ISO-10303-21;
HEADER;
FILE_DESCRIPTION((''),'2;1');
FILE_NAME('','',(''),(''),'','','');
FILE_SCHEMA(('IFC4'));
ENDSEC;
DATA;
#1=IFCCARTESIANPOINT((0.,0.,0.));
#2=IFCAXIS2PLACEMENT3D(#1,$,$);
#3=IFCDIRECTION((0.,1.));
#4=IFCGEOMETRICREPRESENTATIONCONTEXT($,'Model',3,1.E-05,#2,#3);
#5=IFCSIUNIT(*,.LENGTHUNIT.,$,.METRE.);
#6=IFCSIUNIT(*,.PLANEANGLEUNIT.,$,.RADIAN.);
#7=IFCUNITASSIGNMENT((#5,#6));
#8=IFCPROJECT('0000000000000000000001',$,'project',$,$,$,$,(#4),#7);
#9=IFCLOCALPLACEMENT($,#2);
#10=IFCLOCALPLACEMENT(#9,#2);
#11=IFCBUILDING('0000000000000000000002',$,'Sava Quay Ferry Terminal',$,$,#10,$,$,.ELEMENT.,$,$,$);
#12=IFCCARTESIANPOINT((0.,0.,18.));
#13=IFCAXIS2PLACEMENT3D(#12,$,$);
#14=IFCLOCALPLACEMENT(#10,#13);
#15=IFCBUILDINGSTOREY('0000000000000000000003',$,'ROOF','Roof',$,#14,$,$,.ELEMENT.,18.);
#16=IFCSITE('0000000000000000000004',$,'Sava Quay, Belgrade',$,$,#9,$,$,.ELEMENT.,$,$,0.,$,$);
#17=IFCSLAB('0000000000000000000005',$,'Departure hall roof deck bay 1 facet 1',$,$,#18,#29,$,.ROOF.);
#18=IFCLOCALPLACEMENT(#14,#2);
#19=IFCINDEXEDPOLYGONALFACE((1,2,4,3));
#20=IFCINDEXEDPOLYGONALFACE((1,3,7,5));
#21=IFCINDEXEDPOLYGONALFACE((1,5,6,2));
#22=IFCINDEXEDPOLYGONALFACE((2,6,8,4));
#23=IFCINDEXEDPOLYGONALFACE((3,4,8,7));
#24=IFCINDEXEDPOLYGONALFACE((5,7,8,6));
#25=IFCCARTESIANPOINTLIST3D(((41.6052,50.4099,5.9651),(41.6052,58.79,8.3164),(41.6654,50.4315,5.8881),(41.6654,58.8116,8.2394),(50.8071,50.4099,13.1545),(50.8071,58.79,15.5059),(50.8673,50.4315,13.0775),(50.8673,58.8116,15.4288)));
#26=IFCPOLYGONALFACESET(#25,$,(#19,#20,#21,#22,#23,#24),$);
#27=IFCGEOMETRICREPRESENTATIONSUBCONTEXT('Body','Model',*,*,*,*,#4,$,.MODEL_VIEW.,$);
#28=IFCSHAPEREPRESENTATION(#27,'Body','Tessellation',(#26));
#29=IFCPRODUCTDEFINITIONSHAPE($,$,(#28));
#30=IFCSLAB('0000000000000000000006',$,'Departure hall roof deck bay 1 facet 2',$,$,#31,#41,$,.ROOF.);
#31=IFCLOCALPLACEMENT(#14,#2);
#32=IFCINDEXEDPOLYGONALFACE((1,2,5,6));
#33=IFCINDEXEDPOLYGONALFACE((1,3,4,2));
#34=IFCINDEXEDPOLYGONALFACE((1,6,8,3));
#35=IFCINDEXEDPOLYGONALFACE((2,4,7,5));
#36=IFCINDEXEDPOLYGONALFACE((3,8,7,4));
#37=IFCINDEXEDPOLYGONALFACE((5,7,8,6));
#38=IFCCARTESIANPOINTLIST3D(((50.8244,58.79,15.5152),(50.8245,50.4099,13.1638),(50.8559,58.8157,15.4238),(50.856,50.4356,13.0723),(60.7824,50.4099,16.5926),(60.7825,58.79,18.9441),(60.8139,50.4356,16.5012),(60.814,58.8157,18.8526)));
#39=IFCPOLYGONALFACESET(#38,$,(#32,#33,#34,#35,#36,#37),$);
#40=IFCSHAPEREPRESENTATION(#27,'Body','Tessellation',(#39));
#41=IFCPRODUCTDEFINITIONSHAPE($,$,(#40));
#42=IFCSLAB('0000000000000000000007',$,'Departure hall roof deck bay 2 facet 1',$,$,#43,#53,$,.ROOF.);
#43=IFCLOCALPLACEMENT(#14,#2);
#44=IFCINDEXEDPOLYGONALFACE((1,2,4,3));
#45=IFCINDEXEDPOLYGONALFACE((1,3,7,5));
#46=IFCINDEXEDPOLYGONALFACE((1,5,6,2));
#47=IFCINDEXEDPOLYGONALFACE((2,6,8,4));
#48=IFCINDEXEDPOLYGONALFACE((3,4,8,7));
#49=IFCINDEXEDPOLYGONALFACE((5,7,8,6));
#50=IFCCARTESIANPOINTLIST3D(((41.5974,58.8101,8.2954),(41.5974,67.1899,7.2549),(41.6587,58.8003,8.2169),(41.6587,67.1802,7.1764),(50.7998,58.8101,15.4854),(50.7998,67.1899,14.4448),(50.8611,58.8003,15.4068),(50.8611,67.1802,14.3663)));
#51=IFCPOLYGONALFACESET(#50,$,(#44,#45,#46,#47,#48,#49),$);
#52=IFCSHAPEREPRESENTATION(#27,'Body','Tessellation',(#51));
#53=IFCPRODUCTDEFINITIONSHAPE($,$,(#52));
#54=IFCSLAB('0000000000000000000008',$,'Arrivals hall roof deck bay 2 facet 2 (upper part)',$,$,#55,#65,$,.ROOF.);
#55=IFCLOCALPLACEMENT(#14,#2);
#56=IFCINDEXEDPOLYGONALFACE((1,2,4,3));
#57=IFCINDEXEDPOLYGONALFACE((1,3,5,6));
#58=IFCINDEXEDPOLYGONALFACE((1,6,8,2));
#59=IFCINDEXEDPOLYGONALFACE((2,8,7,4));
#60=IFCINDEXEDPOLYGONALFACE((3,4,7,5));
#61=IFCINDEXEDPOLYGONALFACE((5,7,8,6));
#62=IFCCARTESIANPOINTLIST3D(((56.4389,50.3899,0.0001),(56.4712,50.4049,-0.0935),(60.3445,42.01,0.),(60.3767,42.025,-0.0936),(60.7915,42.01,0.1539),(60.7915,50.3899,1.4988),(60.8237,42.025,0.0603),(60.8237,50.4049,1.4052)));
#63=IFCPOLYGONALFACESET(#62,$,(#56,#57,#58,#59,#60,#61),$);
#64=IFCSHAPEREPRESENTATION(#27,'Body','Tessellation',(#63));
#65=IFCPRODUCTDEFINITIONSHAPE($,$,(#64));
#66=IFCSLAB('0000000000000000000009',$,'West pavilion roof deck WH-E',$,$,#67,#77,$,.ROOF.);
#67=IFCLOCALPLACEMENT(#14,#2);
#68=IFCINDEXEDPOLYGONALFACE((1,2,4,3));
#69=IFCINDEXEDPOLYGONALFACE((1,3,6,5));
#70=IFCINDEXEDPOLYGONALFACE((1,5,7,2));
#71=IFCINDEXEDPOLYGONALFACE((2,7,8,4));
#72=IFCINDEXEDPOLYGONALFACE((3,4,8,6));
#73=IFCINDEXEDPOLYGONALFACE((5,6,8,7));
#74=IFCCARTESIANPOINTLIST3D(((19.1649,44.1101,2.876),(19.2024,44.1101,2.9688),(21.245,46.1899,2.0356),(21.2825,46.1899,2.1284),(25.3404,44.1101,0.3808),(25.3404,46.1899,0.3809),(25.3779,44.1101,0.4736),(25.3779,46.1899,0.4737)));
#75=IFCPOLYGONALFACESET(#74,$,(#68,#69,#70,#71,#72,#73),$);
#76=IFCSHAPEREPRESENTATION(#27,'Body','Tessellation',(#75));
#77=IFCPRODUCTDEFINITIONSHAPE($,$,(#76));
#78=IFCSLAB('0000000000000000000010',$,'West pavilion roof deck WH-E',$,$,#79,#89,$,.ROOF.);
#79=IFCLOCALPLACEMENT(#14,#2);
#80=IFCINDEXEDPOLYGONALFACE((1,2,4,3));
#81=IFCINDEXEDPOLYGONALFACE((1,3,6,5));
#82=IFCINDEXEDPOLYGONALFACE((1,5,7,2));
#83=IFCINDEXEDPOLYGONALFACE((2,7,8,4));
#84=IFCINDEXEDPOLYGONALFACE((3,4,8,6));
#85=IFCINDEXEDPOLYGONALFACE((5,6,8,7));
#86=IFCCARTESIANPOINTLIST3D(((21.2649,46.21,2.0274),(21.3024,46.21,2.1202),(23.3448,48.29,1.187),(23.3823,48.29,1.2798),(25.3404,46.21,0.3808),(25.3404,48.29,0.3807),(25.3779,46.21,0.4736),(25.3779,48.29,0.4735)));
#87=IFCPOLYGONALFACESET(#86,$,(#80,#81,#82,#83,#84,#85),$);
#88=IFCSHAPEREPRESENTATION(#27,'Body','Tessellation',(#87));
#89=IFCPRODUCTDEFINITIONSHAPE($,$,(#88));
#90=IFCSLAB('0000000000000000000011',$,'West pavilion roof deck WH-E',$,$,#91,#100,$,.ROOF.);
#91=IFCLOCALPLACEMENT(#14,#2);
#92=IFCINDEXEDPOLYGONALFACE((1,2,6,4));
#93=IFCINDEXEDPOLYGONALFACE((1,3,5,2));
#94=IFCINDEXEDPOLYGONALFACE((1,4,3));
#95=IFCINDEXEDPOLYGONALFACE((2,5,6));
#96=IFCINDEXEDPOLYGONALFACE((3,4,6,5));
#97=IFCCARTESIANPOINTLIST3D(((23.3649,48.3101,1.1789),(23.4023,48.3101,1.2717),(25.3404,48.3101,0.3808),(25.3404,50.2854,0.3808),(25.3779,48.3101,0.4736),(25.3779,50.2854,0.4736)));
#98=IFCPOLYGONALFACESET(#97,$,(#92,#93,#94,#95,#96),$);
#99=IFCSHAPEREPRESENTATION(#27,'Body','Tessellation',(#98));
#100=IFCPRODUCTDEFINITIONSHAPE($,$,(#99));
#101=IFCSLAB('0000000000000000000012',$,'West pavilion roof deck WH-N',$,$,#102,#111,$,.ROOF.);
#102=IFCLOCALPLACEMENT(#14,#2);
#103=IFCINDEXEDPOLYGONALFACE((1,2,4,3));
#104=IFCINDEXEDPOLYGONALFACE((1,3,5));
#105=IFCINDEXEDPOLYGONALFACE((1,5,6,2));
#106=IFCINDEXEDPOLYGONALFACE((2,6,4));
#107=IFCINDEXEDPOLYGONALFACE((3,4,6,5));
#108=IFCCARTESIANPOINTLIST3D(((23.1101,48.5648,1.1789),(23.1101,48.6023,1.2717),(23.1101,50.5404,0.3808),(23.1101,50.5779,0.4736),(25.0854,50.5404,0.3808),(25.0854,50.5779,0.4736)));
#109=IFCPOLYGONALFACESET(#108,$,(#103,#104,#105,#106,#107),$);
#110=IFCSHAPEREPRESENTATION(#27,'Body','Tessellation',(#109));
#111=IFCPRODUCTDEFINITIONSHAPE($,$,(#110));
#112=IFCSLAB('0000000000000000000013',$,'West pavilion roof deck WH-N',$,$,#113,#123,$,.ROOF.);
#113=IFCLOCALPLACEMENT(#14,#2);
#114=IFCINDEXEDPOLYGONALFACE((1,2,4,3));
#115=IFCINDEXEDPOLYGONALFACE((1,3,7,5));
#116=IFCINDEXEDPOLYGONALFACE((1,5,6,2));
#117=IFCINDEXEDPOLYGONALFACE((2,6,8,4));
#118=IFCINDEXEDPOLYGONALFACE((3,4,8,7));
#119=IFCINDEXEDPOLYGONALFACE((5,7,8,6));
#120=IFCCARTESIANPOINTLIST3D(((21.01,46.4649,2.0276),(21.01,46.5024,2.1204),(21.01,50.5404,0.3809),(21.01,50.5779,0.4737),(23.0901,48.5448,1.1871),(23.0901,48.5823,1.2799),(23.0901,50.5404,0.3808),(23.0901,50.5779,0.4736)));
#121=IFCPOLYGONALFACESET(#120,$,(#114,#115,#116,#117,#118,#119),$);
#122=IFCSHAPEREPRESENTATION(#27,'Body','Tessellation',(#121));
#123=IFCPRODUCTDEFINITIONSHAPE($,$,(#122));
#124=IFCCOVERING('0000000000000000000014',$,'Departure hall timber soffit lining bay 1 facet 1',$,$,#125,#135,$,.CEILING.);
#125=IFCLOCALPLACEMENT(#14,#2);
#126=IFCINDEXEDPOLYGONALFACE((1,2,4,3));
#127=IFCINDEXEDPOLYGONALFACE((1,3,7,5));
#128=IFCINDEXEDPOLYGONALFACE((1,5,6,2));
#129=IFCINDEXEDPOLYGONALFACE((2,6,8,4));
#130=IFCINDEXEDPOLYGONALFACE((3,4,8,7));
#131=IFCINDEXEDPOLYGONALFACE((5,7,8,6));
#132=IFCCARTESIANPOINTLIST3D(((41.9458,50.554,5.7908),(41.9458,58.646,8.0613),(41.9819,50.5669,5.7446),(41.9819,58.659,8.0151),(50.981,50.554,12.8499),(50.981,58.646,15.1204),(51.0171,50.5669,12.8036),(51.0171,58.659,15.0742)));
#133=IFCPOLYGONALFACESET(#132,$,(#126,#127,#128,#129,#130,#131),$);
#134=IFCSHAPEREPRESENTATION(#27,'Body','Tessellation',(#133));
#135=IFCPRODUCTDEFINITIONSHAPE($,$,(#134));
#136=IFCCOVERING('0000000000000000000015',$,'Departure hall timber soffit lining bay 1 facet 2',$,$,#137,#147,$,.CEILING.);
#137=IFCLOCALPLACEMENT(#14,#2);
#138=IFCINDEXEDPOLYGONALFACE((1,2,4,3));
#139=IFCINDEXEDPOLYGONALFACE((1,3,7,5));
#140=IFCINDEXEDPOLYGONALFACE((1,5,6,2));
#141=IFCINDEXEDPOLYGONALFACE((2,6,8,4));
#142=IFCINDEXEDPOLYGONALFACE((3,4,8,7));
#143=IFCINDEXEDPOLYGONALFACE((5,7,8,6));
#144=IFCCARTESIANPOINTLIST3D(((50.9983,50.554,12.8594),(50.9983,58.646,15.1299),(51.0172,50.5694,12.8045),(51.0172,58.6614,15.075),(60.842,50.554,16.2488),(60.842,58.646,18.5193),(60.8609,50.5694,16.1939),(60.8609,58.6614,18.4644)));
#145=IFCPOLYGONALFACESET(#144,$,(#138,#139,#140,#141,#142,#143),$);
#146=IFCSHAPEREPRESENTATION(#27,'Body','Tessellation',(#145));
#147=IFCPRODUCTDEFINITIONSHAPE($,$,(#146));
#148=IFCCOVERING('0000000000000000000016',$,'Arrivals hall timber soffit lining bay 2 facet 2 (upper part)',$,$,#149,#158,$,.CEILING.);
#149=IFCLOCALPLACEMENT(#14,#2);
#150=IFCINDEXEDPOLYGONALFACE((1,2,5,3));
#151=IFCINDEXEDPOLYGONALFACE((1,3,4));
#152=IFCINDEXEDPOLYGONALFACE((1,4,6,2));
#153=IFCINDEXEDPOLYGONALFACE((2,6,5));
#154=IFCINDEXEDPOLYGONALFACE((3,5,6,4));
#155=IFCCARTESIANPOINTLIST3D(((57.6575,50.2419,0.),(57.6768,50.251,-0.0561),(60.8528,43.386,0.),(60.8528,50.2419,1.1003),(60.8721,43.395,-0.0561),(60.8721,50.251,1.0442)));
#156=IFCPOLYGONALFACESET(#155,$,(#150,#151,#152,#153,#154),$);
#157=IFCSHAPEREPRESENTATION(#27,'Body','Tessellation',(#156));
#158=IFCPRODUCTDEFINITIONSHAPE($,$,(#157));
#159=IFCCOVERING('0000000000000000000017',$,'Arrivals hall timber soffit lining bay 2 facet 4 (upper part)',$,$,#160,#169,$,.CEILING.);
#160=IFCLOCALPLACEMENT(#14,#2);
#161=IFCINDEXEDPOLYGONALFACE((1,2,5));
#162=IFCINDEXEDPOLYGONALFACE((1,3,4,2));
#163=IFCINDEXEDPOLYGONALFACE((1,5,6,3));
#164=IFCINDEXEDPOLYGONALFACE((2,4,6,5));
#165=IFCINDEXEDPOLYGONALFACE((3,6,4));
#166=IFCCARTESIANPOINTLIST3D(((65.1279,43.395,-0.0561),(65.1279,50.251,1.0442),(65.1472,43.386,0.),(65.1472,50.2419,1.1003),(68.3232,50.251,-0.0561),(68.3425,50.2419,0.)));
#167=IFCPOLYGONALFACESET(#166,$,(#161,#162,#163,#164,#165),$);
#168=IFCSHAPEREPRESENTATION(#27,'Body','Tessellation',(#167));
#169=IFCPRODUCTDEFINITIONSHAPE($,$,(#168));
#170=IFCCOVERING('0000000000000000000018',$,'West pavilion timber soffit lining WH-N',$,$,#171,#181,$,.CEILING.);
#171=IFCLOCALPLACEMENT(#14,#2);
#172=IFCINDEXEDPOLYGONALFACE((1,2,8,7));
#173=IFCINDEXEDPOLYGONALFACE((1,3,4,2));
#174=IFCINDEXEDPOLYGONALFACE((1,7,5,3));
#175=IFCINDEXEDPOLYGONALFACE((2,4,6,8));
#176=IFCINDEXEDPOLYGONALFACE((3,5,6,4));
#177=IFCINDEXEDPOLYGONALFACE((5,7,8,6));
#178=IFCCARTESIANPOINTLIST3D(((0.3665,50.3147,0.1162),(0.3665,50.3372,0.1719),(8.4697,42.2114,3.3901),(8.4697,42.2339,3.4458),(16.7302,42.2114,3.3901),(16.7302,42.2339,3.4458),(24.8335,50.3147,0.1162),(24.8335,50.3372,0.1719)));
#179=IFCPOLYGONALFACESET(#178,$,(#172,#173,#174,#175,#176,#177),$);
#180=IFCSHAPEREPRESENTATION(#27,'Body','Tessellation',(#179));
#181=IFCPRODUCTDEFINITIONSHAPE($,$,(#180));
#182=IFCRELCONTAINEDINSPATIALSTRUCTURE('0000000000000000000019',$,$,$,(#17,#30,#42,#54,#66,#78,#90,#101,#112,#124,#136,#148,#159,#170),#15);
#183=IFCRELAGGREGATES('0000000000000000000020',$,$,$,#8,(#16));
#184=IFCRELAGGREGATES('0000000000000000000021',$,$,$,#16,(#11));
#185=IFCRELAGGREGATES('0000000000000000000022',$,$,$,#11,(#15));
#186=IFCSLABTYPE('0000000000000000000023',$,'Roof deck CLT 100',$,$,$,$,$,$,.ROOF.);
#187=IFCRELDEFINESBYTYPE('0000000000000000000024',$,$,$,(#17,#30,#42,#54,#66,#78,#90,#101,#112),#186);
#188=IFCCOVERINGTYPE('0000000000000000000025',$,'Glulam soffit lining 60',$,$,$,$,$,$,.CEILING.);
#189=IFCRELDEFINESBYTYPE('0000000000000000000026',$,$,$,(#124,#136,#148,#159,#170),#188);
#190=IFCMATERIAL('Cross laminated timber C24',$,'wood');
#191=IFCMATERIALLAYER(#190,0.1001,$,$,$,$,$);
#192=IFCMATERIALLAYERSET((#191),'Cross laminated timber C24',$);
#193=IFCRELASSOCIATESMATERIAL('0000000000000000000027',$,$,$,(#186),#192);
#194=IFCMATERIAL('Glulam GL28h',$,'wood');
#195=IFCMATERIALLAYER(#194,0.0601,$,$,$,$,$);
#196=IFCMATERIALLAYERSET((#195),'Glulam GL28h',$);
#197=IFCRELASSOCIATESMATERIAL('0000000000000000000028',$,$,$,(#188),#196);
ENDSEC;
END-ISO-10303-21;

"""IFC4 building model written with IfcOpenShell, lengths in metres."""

from ifc_helpers import new_model, si_unit, direction, frame, origin, place, context, subcontext, project, spatial, polyline, outline, extrude, material, layer, layer_set, type_object, element, save


model = new_model("IFC4")

# Units and contexts
model_context = context("Model", 3, precision=1e-05, world=origin(), true_north=direction((0.0, 1.0)))
body_context = subcontext(model_context, "Body", "Model", "MODEL_VIEW")
ifc_project = project(units=[si_unit("LENGTHUNIT", "METRE"), si_unit("PLANEANGLEUNIT", "RADIAN")], contexts=[model_context])

# Site, building, storey
site_placement = place(None, origin())
site = spatial("IfcSite", under=ifc_project, at=site_placement, Name="Sava Quay, Belgrade", CompositionType="ELEMENT", RefElevation=0.0)
building_placement = place(site_placement, origin())
building = spatial("IfcBuilding", under=site, at=building_placement, Name="Sava Quay Ferry Terminal", CompositionType="ELEMENT")
storey_placement = place(building_placement, frame((0.0, 0.0, 18.0)))
storey = spatial("IfcBuildingStorey", under=building, at=storey_placement, Name="ROOF", Description="Roof", CompositionType="ELEMENT", Elevation=18.0)

# Slabs
ifc_material_1 = material(Name="Cross laminated timber C24", Category="wood")
ifc_layer_1 = layer(ifc_material_1, 0.1001)
ifc_layer_set_1 = layer_set([ifc_layer_1], Name="Cross laminated timber C24")
slab_type = type_object("IfcSlabType", Name="Roof deck CLT 100", PredefinedType="ROOF", material=ifc_layer_set_1)
slab_1_placement = place(storey_placement, frame((41.6052, 50.4099, 5.9651), z_axis=(-0.60115, -0.215887, 0.769423), x_axis=(0.0, 0.962818, 0.27015)))
element("IfcSlab", 1, at=slab_1_placement, inside=storey, type_object=slab_type, Name="Departure hall roof deck bay 1 facet 1", PredefinedType="ROOF", context=body_context, shape_type="SweptSolid", body=[
    extrude(outline(polyline([(0.0, 0.0), (8.7037, 0.0), (10.646, -11.5148), (1.9422, -11.5148), (0.0, 0.0)])), origin(), (0.0, 0.0, -1.0), 0.1001),
])
slab_2_placement = place(storey_placement, frame((50.8245, 50.4099, 13.1638), z_axis=(-0.314683, -0.256438, 0.913901), x_axis=(-0.000004, 0.962815, 0.270162)))
element("IfcSlab", 2, at=slab_2_placement, inside=storey, type_object=slab_type, Name="Departure hall roof deck bay 1 facet 2", PredefinedType="ROOF", context=body_context, shape_type="SweptSolid", body=[
    extrude(outline(polyline([(0.0, 0.0), (8.7037, 0.0), (9.6301, -10.491), (0.9263, -10.4909), (0.0, 0.0)])), origin(), (0.0, 0.0, -1.0), 0.1001),
])
slab_3_placement = place(storey_placement, frame((41.5974, 58.8101, 8.2954), z_axis=(-0.612748, 0.097381, 0.784255), x_axis=(0.0, 0.992379, -0.123223)))
element("IfcSlab", 3, at=slab_3_placement, inside=storey, type_object=slab_type, Name="Departure hall roof deck bay 2 facet 1", PredefinedType="ROOF", context=body_context, shape_type="SweptSolid", body=[
    extrude(outline(polyline([(0.0, 0.0), (8.4442, 0.0), (7.5583, -11.6445), (-0.886, -11.6445), (0.0, 0.0)])), origin(), (0.0, 0.0, -1.0), 0.1001),
])
slab_4_placement = place(storey_placement, frame((60.7915, 50.3899, 1.4988), z_axis=(-0.321878, -0.150026, 0.934819), x_axis=(-0.000004, -0.987365, -0.15846)))
element("IfcSlab", 4, at=slab_4_placement, inside=storey, type_object=slab_type, Name="Arrivals hall roof deck bay 2 facet 2 (upper part)", PredefinedType="ROOF", context=body_context, shape_type="SweptSolid", body=[
    extrude(outline(polyline([(0.0, 0.0), (8.4871, 0.0), (8.5115, -0.4721), (0.2375, -4.5972), (0.0, 0.0)])), origin(), (0.0, 0.0, -1.0), 0.1001),
])
slab_5_placement = place(storey_placement, frame((21.2825, 46.1899, 2.1284), z_axis=(0.374618, -0.000023, 0.927179), x_axis=(0.927179, 0.0, -0.374618)))
element("IfcSlab", 5, at=slab_5_placement, inside=storey, type_object=slab_type, Name="West pavilion roof deck WH-E", PredefinedType="ROOF", context=body_context, shape_type="SweptSolid", body=[
    extrude(outline(polyline([(0.0, 0.0), (4.4171, 0.0), (4.4171, -2.0798), (-2.2434, -2.0798), (0.0, 0.0)])), origin(), (0.0, 0.0, -1.0), 0.1001),
])
slab_6_placement = place(storey_placement, frame((23.3823, 48.29, 1.2798), z_axis=(0.374609, 0.000058, 0.927183), x_axis=(0.927183, 0.0, -0.374609)))
element("IfcSlab", 6, at=slab_6_placement, inside=storey, type_object=slab_type, Name="West pavilion roof deck WH-E", PredefinedType="ROOF", context=body_context, shape_type="SweptSolid", body=[
    extrude(outline(polyline([(0.0, 0.0), (2.1523, 0.0), (2.1523, -2.0801), (-2.2433, -2.0801), (0.0, 0.0)])), origin(), (0.0, 0.0, -1.0), 0.1001),
])
slab_7_placement = place(storey_placement, frame((25.3779, 50.2854, 0.4736), z_axis=(0.374569, 0.0, 0.927199), x_axis=(0.0, -1.0, 0.0)))
element("IfcSlab", 7, at=slab_7_placement, inside=storey, type_object=slab_type, Name="West pavilion roof deck WH-E", PredefinedType="ROOF", context=body_context, shape_type="SweptSolid", body=[
    extrude(outline(polyline([(0.0, 0.0), (1.9753, 0.0), (1.9753, -2.1307), (0.0, 0.0)])), origin(), (0.0, 0.0, -1.0), 0.1001),
])
slab_8_placement = place(storey_placement, frame((23.1101, 48.6023, 1.2717), z_axis=(0.0, 0.374569, 0.927199), x_axis=(0.0, 0.927199, -0.374569)))
element("IfcSlab", 8, at=slab_8_placement, inside=storey, type_object=slab_type, Name="West pavilion roof deck WH-N", PredefinedType="ROOF", context=body_context, shape_type="SweptSolid", body=[
    extrude(outline(polyline([(0.0, 0.0), (2.1307, 0.0), (2.1307, -1.9753), (0.0, 0.0)])), origin(), (0.0, 0.0, -1.0), 0.1001),
])
slab_9_placement = place(storey_placement, frame((21.01, 46.5024, 2.1204), z_axis=(0.000058, 0.374609, 0.927183), x_axis=(0.0, 0.927183, -0.374609)))
element("IfcSlab", 9, at=slab_9_placement, inside=storey, type_object=slab_type, Name="West pavilion roof deck WH-N", PredefinedType="ROOF", context=body_context, shape_type="SweptSolid", body=[
    extrude(outline(polyline([(0.0, 0.0), (4.3956, 0.0), (4.3956, -2.0801), (2.2433, -2.0801), (0.0, 0.0)])), origin(), (0.0, 0.0, -1.0), 0.1001),
])

# Coverings
ifc_material_2 = material(Name="Glulam GL28h", Category="wood")
ifc_layer_2 = layer(ifc_material_2, 0.0601)
ifc_layer_set_2 = layer_set([ifc_layer_2], Name="Glulam GL28h")
covering_type_1 = type_object("IfcCoveringType", Name="Glulam soffit lining 60", PredefinedType="CEILING", material=ifc_layer_set_2)
covering_1_placement = place(storey_placement, frame((41.9458, 50.554, 5.7908), z_axis=(-0.601145, -0.21589, 0.769426), x_axis=(0.0, 0.962818, 0.270152)))
element("IfcCovering", 10, at=covering_1_placement, inside=storey, type_object=covering_type_1, Name="Departure hall timber soffit lining bay 1 facet 1", PredefinedType="CEILING", context=body_context, shape_type="SweptSolid", body=[
    extrude(outline(polyline([(0.0, 0.0), (8.4045, 0.0), (10.3116, -11.3061), (1.907, -11.3061), (0.0, 0.0)])), origin(), (0.0, 0.0, -1.0), 0.0601),
])
covering_2_placement = place(storey_placement, frame((50.9983, 50.554, 12.8594), z_axis=(-0.314676, -0.256428, 0.913905), x_axis=(0.0, 0.962818, 0.270152)))
element("IfcCovering", 11, at=covering_2_placement, inside=storey, type_object=covering_type_1, Name="Departure hall timber soffit lining bay 1 facet 2", PredefinedType="CEILING", context=body_context, shape_type="SweptSolid", body=[
    extrude(outline(polyline([(0.0, 0.0), (8.4045, 0.0), (9.3202, -10.3706), (0.9157, -10.3706), (0.0, 0.0)])), origin(), (0.0, 0.0, -1.0), 0.0601),
])
covering_3_placement = place(storey_placement, frame((60.8528, 50.2419, 1.1003), z_axis=(-0.321911, -0.150031, 0.934807), x_axis=(0.0, -0.987364, -0.158466)))
element("IfcCovering", 12, at=covering_3_placement, inside=storey, type_object=covering_type_1, Name="Arrivals hall timber soffit lining bay 2 facet 2 (upper part)", PredefinedType="CEILING", context=body_context, shape_type="SweptSolid", body=[
    extrude(outline(polyline([(0.0, 0.0), (6.9437, 0.0), (0.1744, -3.375), (0.0, 0.0)])), origin(), (0.0, 0.0, -1.0), 0.0601),
])
covering_4_placement = place(storey_placement, frame((65.1472, 50.2419, 1.1003), z_axis=(0.321911, -0.150031, 0.934807), x_axis=(0.945509, 0.0, -0.325597)))
element("IfcCovering", 13, at=covering_4_placement, inside=storey, type_object=covering_type_1, Name="Arrivals hall timber soffit lining bay 2 facet 4 (upper part)", PredefinedType="CEILING", context=body_context, shape_type="SweptSolid", body=[
    extrude(outline(polyline([(0.0, 0.0), (3.3795, 0.0), (0.3583, -6.9344), (0.0, 0.0)])), origin(), (0.0, 0.0, -1.0), 0.0601),
])
covering_5_placement = place(storey_placement, frame((24.8335, 50.3372, 0.1719), z_axis=(0.0, 0.374606, 0.927184), x_axis=(-0.679905, -0.679905, 0.274699)))
element("IfcCovering", 14, at=covering_5_placement, inside=storey, type_object=covering_type_1, Name="West pavilion timber soffit lining WH-N", PredefinedType="CEILING", context=body_context, shape_type="SweptSolid", body=[
    extrude(outline(polyline([(0.0, 0.0), (11.9182, 0.0), (17.5346, -6.0574), (16.6353, -17.9417), (0.0, 0.0)])), origin(), (0.0, 0.0, -1.0), 0.0601),
])

save(model, "model.ifc")
